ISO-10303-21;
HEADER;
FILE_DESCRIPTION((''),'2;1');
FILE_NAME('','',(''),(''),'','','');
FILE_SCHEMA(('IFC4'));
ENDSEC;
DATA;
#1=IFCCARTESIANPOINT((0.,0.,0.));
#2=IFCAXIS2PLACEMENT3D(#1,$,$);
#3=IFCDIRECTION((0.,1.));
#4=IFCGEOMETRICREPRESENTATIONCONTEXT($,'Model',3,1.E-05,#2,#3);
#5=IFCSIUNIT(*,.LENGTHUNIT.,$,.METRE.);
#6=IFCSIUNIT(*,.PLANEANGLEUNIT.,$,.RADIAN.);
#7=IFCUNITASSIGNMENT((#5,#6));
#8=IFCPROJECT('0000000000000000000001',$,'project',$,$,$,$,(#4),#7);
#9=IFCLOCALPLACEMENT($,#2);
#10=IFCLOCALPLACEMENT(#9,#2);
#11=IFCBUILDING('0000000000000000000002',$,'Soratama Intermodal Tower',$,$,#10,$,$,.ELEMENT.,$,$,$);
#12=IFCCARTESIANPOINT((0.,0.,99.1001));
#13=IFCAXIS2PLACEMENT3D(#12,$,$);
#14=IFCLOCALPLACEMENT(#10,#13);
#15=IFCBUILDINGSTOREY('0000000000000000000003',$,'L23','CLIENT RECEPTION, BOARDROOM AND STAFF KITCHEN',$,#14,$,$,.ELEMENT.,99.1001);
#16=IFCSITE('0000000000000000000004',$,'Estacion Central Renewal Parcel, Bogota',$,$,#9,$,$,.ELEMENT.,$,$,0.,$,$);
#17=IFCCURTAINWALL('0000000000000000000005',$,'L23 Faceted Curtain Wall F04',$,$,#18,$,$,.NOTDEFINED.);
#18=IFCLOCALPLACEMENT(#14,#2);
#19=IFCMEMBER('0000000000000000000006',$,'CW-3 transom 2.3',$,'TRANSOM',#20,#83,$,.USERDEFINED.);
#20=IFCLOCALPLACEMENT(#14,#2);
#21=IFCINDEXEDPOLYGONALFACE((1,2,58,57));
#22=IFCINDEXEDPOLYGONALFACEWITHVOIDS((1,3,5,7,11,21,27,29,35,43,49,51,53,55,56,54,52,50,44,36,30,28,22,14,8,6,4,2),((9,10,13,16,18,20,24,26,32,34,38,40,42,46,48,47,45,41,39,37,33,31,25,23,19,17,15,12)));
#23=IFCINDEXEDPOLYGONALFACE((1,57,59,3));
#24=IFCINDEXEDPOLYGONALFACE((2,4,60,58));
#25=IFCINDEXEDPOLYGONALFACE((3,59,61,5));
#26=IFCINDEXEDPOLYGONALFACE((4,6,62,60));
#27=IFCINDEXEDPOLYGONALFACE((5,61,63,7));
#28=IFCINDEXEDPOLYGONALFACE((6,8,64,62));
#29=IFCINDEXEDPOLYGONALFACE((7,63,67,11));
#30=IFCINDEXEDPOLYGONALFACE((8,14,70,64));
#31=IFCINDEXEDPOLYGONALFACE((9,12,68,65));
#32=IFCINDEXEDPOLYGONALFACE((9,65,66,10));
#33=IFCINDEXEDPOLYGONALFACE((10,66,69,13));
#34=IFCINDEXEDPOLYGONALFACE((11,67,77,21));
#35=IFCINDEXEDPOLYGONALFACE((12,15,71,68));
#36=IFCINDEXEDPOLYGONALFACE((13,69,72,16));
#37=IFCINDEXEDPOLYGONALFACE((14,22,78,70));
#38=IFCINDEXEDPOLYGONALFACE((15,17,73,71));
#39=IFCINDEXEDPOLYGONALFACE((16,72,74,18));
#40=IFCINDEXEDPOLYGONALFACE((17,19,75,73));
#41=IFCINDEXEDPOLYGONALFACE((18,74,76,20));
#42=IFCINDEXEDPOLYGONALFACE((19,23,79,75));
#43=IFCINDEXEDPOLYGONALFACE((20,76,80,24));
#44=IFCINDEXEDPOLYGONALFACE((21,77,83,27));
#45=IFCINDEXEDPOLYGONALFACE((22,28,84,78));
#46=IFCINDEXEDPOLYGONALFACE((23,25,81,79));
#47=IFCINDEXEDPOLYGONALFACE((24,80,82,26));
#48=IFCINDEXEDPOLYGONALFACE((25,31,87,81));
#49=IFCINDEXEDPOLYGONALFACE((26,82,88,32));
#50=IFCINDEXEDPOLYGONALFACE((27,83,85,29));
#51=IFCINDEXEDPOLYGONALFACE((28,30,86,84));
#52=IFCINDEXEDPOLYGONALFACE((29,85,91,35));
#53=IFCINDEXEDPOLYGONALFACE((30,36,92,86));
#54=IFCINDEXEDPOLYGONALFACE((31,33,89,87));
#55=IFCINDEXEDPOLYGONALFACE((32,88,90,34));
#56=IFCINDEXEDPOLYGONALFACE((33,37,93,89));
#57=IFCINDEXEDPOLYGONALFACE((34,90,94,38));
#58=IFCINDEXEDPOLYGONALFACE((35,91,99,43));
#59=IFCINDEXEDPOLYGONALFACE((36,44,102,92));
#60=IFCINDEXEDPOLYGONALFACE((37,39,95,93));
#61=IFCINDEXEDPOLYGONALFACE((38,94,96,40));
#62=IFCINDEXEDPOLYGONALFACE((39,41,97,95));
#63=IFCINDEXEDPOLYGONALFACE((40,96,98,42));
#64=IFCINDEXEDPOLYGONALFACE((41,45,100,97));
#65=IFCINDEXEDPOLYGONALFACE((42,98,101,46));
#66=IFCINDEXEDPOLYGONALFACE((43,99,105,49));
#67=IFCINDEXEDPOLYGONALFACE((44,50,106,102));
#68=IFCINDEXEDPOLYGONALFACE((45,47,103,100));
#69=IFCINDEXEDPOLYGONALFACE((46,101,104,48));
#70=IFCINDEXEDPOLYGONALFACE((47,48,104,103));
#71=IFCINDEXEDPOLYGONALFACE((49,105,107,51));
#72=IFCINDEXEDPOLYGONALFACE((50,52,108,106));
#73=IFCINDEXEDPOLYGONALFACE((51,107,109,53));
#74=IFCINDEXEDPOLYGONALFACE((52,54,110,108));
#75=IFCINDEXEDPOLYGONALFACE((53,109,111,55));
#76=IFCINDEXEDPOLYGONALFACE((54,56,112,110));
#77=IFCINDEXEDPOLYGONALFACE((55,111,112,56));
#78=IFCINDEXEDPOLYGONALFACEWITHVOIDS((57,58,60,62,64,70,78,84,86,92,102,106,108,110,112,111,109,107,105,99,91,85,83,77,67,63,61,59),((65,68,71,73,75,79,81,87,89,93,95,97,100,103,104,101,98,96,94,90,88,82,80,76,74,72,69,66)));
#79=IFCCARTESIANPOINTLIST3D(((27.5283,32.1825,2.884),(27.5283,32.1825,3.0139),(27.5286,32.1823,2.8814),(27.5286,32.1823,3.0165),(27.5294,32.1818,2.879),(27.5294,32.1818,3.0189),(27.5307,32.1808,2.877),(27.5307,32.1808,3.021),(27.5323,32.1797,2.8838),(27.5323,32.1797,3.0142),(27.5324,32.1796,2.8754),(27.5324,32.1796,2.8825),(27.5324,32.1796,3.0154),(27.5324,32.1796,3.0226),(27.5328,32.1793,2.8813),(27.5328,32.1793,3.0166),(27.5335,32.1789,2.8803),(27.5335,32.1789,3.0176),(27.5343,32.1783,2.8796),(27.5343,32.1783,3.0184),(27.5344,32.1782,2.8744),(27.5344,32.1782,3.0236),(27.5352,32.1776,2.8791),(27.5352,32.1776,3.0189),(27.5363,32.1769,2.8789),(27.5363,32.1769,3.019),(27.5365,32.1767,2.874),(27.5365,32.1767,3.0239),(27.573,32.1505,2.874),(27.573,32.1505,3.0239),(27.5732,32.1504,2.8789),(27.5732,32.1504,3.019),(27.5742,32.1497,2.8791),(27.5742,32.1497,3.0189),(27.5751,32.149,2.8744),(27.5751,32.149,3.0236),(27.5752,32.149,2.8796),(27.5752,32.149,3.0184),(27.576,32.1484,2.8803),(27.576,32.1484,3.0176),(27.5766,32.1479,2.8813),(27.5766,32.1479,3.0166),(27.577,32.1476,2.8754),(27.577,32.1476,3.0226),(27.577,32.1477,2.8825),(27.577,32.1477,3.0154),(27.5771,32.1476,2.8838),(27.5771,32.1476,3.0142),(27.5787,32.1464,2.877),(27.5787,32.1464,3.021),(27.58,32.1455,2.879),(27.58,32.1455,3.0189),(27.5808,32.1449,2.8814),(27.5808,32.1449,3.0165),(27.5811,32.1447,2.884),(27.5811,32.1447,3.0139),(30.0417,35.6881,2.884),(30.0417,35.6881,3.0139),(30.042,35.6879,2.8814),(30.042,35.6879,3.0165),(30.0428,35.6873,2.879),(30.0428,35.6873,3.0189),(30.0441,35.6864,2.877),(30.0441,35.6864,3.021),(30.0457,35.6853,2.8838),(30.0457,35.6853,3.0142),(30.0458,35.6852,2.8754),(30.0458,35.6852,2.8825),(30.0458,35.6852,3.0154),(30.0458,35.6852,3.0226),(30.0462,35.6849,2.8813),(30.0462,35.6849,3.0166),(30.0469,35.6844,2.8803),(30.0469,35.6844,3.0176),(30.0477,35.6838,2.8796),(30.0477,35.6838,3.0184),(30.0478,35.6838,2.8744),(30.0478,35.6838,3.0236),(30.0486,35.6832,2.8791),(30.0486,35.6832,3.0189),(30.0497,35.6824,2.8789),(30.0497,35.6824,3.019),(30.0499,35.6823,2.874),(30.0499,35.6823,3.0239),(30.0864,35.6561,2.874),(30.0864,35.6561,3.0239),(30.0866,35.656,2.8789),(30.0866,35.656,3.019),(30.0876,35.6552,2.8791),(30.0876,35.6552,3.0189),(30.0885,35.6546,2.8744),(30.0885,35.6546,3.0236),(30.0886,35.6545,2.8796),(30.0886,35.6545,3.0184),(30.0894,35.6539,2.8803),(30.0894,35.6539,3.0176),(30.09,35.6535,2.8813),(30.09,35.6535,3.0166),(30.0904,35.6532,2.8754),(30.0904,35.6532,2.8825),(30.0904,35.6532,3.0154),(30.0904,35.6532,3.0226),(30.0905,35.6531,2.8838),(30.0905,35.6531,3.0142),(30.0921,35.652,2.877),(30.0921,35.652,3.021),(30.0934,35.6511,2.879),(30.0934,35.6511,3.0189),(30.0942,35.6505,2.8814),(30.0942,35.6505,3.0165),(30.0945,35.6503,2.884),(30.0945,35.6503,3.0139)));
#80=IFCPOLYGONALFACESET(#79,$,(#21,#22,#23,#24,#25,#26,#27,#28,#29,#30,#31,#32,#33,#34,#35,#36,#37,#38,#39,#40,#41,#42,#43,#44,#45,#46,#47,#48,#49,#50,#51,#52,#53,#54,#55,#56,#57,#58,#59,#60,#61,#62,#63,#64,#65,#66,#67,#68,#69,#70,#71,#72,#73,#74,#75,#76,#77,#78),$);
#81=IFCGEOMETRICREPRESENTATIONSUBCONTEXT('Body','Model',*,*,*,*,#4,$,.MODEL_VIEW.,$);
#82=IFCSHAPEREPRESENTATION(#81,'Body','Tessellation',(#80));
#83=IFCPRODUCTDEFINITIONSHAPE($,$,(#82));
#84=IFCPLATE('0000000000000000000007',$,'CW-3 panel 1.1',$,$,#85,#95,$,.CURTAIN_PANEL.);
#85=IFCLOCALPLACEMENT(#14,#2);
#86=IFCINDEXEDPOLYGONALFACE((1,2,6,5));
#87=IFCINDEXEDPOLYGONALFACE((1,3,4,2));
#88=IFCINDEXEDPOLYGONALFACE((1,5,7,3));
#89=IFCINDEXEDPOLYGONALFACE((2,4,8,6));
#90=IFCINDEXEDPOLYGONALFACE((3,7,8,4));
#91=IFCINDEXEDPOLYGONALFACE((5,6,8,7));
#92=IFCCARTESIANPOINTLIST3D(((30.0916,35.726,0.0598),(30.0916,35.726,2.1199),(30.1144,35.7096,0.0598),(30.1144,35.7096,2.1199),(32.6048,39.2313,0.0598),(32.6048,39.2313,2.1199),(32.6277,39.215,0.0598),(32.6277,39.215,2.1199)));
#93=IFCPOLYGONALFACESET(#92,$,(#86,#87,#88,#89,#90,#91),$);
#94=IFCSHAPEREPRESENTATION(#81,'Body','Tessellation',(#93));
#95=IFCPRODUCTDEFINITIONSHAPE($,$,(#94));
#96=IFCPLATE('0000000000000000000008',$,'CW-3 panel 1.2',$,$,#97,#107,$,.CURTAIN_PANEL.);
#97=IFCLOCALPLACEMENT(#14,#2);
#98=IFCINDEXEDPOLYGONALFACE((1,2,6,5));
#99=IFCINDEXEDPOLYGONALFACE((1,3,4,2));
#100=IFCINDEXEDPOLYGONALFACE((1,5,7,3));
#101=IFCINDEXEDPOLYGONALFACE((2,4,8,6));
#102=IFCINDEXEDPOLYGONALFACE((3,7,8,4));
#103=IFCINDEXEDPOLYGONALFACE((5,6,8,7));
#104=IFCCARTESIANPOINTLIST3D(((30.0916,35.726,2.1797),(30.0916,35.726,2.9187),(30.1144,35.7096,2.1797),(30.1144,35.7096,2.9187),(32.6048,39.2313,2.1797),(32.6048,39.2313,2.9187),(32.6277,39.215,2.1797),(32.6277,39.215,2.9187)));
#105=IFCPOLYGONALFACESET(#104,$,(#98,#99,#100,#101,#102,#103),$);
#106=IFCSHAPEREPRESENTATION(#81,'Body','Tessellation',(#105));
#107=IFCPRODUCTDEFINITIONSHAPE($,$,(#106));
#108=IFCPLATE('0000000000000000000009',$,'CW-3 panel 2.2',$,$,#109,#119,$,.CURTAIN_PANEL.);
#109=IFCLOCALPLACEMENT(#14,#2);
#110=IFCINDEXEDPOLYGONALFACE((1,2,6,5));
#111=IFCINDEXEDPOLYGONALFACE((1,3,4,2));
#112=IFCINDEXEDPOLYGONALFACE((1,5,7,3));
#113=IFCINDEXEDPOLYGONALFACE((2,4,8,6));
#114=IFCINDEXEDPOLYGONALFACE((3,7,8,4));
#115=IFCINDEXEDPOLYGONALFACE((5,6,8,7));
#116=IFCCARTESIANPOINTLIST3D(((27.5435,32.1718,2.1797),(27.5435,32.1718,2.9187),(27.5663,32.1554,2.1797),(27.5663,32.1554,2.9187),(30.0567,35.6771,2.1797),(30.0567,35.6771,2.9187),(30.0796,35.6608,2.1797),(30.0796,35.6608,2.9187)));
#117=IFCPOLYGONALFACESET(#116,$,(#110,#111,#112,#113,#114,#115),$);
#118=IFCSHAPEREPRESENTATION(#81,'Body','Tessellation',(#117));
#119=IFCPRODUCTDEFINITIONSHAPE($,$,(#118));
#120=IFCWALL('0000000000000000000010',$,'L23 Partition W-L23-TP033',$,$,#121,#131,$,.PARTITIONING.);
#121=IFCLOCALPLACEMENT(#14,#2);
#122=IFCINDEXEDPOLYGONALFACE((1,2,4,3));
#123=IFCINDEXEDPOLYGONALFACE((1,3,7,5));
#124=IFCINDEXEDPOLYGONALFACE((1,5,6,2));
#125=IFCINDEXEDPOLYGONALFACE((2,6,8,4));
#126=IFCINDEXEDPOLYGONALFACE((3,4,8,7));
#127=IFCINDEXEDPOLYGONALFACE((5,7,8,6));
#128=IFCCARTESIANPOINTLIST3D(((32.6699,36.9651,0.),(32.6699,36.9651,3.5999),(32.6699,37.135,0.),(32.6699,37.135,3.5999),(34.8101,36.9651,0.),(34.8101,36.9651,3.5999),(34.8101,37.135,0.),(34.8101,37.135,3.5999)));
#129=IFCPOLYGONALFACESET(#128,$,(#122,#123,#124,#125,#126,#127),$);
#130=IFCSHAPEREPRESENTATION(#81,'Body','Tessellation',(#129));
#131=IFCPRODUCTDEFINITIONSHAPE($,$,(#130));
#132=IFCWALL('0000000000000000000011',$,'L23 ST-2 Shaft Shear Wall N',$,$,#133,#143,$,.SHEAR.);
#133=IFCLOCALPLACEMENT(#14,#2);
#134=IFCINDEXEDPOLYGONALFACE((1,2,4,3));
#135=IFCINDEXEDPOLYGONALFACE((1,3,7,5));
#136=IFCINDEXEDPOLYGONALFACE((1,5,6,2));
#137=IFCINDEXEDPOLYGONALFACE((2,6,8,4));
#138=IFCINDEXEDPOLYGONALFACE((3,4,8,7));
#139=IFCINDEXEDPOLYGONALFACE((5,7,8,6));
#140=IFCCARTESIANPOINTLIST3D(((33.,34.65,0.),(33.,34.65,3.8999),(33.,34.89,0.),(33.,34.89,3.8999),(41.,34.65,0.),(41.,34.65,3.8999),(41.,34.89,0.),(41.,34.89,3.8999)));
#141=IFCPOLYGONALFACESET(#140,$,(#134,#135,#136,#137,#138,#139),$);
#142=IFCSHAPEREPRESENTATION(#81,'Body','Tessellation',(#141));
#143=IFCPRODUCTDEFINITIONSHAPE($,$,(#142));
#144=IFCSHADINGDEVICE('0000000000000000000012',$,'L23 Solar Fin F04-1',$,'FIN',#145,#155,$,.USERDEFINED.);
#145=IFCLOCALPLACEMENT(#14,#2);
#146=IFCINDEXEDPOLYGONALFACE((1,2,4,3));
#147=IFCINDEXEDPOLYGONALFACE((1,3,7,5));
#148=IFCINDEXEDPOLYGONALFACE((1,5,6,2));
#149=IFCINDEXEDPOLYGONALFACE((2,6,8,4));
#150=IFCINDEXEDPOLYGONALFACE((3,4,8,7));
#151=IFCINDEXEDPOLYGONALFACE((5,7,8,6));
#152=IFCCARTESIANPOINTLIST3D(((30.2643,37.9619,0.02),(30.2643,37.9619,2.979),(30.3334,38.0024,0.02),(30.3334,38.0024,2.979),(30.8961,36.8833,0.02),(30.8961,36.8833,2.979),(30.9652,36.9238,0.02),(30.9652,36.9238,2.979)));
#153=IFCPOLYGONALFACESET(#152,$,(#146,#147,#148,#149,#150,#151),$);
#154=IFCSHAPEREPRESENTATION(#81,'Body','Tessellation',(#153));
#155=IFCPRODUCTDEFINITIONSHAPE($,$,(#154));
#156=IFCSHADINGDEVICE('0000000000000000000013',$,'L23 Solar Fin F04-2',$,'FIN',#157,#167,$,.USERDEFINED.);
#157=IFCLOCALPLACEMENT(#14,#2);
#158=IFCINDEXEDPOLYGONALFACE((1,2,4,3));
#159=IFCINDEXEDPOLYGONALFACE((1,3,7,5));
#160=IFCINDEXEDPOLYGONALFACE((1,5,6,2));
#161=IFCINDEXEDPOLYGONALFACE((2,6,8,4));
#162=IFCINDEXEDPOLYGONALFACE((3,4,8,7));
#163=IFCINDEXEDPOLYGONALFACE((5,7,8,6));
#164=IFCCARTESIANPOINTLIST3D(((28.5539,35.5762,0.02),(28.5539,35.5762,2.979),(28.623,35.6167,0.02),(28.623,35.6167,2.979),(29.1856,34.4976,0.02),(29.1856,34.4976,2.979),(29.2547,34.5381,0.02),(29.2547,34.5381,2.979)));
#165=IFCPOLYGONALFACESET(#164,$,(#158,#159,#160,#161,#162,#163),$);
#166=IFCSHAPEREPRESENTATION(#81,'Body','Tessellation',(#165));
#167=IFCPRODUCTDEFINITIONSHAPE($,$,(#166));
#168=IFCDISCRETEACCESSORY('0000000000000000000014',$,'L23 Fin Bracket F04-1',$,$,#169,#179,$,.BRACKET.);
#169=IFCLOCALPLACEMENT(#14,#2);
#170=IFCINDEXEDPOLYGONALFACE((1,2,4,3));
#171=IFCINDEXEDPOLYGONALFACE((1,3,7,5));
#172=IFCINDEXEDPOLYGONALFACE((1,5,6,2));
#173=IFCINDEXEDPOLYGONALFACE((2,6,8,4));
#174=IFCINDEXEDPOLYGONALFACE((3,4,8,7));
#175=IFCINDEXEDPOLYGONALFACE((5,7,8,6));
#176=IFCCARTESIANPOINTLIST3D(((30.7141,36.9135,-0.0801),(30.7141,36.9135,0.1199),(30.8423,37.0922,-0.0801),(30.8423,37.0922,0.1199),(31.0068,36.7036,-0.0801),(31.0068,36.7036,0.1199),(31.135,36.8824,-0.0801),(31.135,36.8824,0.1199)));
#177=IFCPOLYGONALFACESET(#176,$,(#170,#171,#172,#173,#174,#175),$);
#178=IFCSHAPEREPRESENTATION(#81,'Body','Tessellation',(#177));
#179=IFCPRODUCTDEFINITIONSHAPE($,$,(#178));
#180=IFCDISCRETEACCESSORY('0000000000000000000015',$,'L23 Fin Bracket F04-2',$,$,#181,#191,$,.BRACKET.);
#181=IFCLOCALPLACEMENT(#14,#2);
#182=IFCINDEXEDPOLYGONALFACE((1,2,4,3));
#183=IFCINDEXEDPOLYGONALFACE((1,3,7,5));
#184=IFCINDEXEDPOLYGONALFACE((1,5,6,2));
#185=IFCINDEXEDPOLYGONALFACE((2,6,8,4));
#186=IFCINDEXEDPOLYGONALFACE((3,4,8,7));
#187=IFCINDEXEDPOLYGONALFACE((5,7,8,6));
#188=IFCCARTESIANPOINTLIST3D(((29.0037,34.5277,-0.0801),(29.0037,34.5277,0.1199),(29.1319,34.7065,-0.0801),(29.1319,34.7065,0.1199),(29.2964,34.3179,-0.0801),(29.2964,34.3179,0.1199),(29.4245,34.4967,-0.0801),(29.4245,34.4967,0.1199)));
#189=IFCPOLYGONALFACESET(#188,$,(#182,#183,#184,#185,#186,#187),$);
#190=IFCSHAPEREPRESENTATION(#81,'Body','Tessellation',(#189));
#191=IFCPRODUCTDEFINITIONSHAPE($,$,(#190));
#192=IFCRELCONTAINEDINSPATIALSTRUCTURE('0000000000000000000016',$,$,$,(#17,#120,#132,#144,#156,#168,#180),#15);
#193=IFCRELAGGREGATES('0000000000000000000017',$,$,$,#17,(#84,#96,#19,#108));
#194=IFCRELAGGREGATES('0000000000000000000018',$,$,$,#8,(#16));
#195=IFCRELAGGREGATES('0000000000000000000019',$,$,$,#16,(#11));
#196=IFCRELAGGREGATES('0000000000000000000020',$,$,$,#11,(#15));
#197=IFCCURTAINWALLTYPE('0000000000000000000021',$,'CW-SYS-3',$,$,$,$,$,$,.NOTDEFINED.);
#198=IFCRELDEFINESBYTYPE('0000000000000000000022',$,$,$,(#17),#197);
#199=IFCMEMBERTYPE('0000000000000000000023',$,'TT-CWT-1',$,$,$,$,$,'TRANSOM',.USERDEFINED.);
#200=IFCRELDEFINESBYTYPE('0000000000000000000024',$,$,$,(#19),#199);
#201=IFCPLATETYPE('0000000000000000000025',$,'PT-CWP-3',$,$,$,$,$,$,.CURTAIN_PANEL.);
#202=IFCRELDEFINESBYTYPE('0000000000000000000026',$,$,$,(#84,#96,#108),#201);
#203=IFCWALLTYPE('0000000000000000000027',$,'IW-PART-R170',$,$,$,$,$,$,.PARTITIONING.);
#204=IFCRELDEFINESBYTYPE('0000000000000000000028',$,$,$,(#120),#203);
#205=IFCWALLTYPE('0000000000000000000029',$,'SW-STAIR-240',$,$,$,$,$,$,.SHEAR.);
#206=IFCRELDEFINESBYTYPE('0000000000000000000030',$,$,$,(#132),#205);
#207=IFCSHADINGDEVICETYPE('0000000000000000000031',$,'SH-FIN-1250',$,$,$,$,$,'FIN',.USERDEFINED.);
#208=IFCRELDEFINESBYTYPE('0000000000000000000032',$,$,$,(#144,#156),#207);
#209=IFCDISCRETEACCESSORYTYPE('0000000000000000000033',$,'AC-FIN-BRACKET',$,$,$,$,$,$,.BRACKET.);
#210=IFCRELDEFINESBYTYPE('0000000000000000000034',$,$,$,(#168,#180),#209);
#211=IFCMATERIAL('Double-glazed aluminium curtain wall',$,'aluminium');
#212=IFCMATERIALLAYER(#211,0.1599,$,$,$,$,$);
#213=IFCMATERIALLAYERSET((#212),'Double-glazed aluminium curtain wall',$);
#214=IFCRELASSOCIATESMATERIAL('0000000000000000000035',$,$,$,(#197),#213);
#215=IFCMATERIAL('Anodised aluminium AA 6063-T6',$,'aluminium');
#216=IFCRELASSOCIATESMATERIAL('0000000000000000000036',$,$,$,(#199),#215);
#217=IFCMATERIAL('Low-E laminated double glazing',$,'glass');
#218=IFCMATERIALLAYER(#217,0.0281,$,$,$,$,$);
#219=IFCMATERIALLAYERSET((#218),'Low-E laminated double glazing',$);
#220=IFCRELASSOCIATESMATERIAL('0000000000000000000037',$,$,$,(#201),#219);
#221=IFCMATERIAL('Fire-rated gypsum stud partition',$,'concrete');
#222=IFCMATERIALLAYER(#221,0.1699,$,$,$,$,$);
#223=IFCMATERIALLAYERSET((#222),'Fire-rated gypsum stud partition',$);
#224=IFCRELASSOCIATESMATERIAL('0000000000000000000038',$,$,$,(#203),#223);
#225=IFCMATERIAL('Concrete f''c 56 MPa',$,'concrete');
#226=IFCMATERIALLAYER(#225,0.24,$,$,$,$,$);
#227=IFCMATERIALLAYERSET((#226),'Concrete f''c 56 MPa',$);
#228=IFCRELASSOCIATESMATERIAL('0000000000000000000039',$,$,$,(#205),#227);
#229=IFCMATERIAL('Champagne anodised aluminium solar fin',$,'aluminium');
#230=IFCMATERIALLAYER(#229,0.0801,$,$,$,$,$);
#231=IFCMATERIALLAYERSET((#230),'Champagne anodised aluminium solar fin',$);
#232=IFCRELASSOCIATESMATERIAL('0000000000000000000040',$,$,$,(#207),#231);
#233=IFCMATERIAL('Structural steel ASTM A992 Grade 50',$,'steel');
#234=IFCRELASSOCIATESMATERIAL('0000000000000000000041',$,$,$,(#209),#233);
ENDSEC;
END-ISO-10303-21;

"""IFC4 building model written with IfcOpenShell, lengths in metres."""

from ifc_helpers import new_model, si_unit, direction, frame, frame_2d, origin, origin_2d, place, context, subcontext, project, spatial, rectangle, hollow_rectangle, extrude, material, layer, layer_set, material_profile, profile_set, type_object, element, aggregate, save


model = new_model("IFC4")

# Units and contexts
model_context = context("Model", 3, precision=1e-05, world=origin(), true_north=direction((0.0, 1.0)))
body_context = subcontext(model_context, "Body", "Model", "MODEL_VIEW")
ifc_project = project(units=[si_unit("LENGTHUNIT", "METRE"), si_unit("PLANEANGLEUNIT", "RADIAN")], contexts=[model_context])

# Site, building, storey
site_placement = place(None, origin())
site = spatial("IfcSite", under=ifc_project, at=site_placement, Name="Estacion Central Renewal Parcel, Bogota", CompositionType="ELEMENT", RefElevation=0.0)
building_placement = place(site_placement, origin())
building = spatial("IfcBuilding", under=site, at=building_placement, Name="Soratama Intermodal Tower", CompositionType="ELEMENT")
storey_placement = place(building_placement, frame((0.0, 0.0, 99.1001)))
storey = spatial("IfcBuildingStorey", under=building, at=storey_placement, Name="L23", Description="CLIENT RECEPTION, BOARDROOM AND STAFF KITCHEN", CompositionType="ELEMENT", Elevation=99.1001)

# Curtain wall, member, plates
ifc_material_1 = material(Name="Double-glazed aluminium curtain wall", Category="aluminium")
ifc_layer_1 = layer(ifc_material_1, 0.1599)
ifc_layer_set_1 = layer_set([ifc_layer_1], Name="Double-glazed aluminium curtain wall")
curtain_wall_type = type_object("IfcCurtainWallType", Name="CW-SYS-3", PredefinedType="NOTDEFINED", material=ifc_layer_set_1)
curtain_wall_placement = place(storey_placement, origin())
curtain_wall = element("IfcCurtainWall", 1, at=curtain_wall_placement, inside=storey, type_object=curtain_wall_type, Name="L23 Faceted Curtain Wall F04", PredefinedType="NOTDEFINED")
ifc_material_2 = material(Name="Anodised aluminium AA 6063-T6", Category="aluminium")
ifc_material_profile_1 = material_profile(ifc_material_2, hollow_rectangle(XDim=0.0649, YDim=0.1499, WallThickness=0.0049, InnerFilletRadius=0.0049, OuterFilletRadius=0.01, at=origin_2d()), Name="CWT150X65X5")
ifc_profile_set_1 = profile_set([ifc_material_profile_1], Name="Anodised aluminium AA 6063-T6")
member_type_1 = type_object("IfcMemberType", Name="TT-CWT-1", ElementType="TRANSOM", PredefinedType="USERDEFINED", material=ifc_profile_set_1)
member_1_placement = place(storey_placement, frame((30.0681, 35.6692, 2.949), z_axis=(-0.582683, -0.8127, 0.0), x_axis=(0.8127, -0.582683, 0.0)))
member_1 = element("IfcMember", 2, at=member_1_placement, type_object=member_type_1, Name="CW-3 transom 2.3", ObjectType="TRANSOM", PredefinedType="USERDEFINED", context=body_context, shape_type="SweptSolid", body=[
    extrude(hollow_rectangle(XDim=0.0649, YDim=0.1499, WallThickness=0.0049, InnerFilletRadius=0.0049, OuterFilletRadius=0.01, at=origin_2d()), origin(), (0.0, 0.0, 1.0), 4.3135),
])
ifc_material_3 = material(Name="Low-E laminated double glazing", Category="glass")
ifc_layer_2 = layer(ifc_material_3, 0.0281)
ifc_layer_set_2 = layer_set([ifc_layer_2], Name="Low-E laminated double glazing")
plate_type = type_object("IfcPlateType", Name="PT-CWP-3", PredefinedType="CURTAIN_PANEL", material=ifc_layer_set_2)
plate_1_placement = place(storey_placement, frame((31.3596, 37.4705, 0.0598), z_axis=(0.0, 0.0, 1.0), x_axis=(-0.582687, -0.812696, 0.0)))
plate_1 = element("IfcPlate", 3, at=plate_1_placement, type_object=plate_type, Name="CW-3 panel 1.1", PredefinedType="CURTAIN_PANEL", context=body_context, shape_type="SweptSolid", body=[
    extrude(rectangle(XDim=4.3132, YDim=0.0281, at=origin_2d()), origin(), (0.0, 0.0, 1.0), 2.0601),
])
plate_2_placement = place(storey_placement, frame((31.3596, 37.4705, 2.1797), z_axis=(0.0, 0.0, 1.0), x_axis=(-0.582687, -0.812696, 0.0)))
plate_2 = element("IfcPlate", 4, at=plate_2_placement, type_object=plate_type, Name="CW-3 panel 1.2", PredefinedType="CURTAIN_PANEL", context=body_context, shape_type="SweptSolid", body=[
    extrude(rectangle(XDim=4.3132, YDim=0.0281, at=origin_2d()), origin(), (0.0, 0.0, 1.0), 0.739),
])
plate_3_placement = place(storey_placement, frame((28.8115, 33.9163, 2.1797), z_axis=(0.0, 0.0, 1.0), x_axis=(-0.582687, -0.812696, 0.0)))
plate_3 = element("IfcPlate", 5, at=plate_3_placement, type_object=plate_type, Name="CW-3 panel 2.2", PredefinedType="CURTAIN_PANEL", context=body_context, shape_type="SweptSolid", body=[
    extrude(rectangle(XDim=4.3132, YDim=0.0281, at=origin_2d()), origin(), (0.0, 0.0, 1.0), 0.739),
])
aggregate(curtain_wall, [plate_1, plate_2, member_1, plate_3])

# Wall
ifc_material_4 = material(Name="Fire-rated gypsum stud partition", Category="concrete")
ifc_layer_3 = layer(ifc_material_4, 0.1699)
ifc_layer_set_3 = layer_set([ifc_layer_3], Name="Fire-rated gypsum stud partition")
wall_type_1 = type_object("IfcWallType", Name="IW-PART-R170", PredefinedType="PARTITIONING", material=ifc_layer_set_3)
wall_1_placement = place(storey_placement, frame((32.6699, 37.05, 0.0), z_axis=(0.0, 0.0, 1.0), x_axis=(1.0, 0.0, 0.0)))
element("IfcWall", 6, at=wall_1_placement, inside=storey, type_object=wall_type_1, Name="L23 Partition W-L23-TP033", PredefinedType="PARTITIONING", context=body_context, shape_type="SweptSolid", body=[
    extrude(rectangle(XDim=2.1401, YDim=0.1699, at=frame_2d((1.0701, 0.0))), origin(), (0.0, 0.0, 1.0), 3.5999),
])

# Wall
ifc_material_5 = material(Name="Concrete f'c 56 MPa", Category="concrete")
ifc_layer_4 = layer(ifc_material_5, 0.24)
ifc_layer_set_4 = layer_set([ifc_layer_4], Name="Concrete f'c 56 MPa")
wall_type_2 = type_object("IfcWallType", Name="SW-STAIR-240", PredefinedType="SHEAR", material=ifc_layer_set_4)
wall_2_placement = place(storey_placement, frame((33.0, 34.77, 0.0), z_axis=(0.0, 0.0, 1.0), x_axis=(1.0, 0.0, 0.0)))
element("IfcWall", 7, at=wall_2_placement, inside=storey, type_object=wall_type_2, Name="L23 ST-2 Shaft Shear Wall N", PredefinedType="SHEAR", context=body_context, shape_type="SweptSolid", body=[
    extrude(rectangle(XDim=8.0, YDim=0.24, at=frame_2d((4.0, 0.0))), origin(), (0.0, 0.0, 1.0), 3.8999),
])

# Shading devices
ifc_material_6 = material(Name="Champagne anodised aluminium solar fin", Category="aluminium")
ifc_layer_5 = layer(ifc_material_6, 0.0801)
ifc_layer_set_5 = layer_set([ifc_layer_5], Name="Champagne anodised aluminium solar fin")
shading_device_type = type_object("IfcShadingDeviceType", Name="SH-FIN-1250", ElementType="FIN", PredefinedType="USERDEFINED", material=ifc_layer_set_5)
for number, where, z_axis, x_axis, name in (
    (8, (30.6147, 37.4429, 0.02), (0.0, 0.0, 1.0), (-0.505431, 0.862867, 0.0), "L23 Solar Fin F04-1"),
    (9, (28.9043, 35.0571, 0.02), (0.0, 0.0, 1.0), (-0.505431, 0.862867, 0.0), "L23 Solar Fin F04-2"),
):
    element("IfcShadingDevice", number, at=place(storey_placement, frame(where, z_axis=z_axis, x_axis=x_axis)), inside=storey, type_object=shading_device_type, Name=name, ObjectType="FIN", PredefinedType="USERDEFINED", context=body_context, shape_type="SweptSolid", body=[
        extrude(rectangle(XDim=1.25, YDim=0.0801, at=origin_2d()), origin(), (0.0, 0.0, 1.0), 2.959),
    ])

# Discrete accessories
ifc_material_7 = material(Name="Structural steel ASTM A992 Grade 50", Category="steel")
discrete_accessory_type = type_object("IfcDiscreteAccessoryType", Name="AC-FIN-BRACKET", PredefinedType="BRACKET", material=ifc_material_7)
for number, where, z_axis, x_axis, name in (
    (10, (30.9246, 36.8979, -0.0801), (0.0, 0.0, 1.0), (-0.812694, 0.58269, 0.0), "L23 Fin Bracket F04-1"),
    (11, (29.2141, 34.5122, -0.0801), (0.0, 0.0, 1.0), (-0.812694, 0.58269, 0.0), "L23 Fin Bracket F04-2"),
):
    element("IfcDiscreteAccessory", number, at=place(storey_placement, frame(where, z_axis=z_axis, x_axis=x_axis)), inside=storey, type_object=discrete_accessory_type, Name=name, PredefinedType="BRACKET", context=body_context, shape_type="SweptSolid", body=[
        extrude(rectangle(XDim=0.3601, YDim=0.22, at=origin_2d()), origin(), (0.0, 0.0, 1.0), 0.2),
    ])

save(model, "model.ifc")
